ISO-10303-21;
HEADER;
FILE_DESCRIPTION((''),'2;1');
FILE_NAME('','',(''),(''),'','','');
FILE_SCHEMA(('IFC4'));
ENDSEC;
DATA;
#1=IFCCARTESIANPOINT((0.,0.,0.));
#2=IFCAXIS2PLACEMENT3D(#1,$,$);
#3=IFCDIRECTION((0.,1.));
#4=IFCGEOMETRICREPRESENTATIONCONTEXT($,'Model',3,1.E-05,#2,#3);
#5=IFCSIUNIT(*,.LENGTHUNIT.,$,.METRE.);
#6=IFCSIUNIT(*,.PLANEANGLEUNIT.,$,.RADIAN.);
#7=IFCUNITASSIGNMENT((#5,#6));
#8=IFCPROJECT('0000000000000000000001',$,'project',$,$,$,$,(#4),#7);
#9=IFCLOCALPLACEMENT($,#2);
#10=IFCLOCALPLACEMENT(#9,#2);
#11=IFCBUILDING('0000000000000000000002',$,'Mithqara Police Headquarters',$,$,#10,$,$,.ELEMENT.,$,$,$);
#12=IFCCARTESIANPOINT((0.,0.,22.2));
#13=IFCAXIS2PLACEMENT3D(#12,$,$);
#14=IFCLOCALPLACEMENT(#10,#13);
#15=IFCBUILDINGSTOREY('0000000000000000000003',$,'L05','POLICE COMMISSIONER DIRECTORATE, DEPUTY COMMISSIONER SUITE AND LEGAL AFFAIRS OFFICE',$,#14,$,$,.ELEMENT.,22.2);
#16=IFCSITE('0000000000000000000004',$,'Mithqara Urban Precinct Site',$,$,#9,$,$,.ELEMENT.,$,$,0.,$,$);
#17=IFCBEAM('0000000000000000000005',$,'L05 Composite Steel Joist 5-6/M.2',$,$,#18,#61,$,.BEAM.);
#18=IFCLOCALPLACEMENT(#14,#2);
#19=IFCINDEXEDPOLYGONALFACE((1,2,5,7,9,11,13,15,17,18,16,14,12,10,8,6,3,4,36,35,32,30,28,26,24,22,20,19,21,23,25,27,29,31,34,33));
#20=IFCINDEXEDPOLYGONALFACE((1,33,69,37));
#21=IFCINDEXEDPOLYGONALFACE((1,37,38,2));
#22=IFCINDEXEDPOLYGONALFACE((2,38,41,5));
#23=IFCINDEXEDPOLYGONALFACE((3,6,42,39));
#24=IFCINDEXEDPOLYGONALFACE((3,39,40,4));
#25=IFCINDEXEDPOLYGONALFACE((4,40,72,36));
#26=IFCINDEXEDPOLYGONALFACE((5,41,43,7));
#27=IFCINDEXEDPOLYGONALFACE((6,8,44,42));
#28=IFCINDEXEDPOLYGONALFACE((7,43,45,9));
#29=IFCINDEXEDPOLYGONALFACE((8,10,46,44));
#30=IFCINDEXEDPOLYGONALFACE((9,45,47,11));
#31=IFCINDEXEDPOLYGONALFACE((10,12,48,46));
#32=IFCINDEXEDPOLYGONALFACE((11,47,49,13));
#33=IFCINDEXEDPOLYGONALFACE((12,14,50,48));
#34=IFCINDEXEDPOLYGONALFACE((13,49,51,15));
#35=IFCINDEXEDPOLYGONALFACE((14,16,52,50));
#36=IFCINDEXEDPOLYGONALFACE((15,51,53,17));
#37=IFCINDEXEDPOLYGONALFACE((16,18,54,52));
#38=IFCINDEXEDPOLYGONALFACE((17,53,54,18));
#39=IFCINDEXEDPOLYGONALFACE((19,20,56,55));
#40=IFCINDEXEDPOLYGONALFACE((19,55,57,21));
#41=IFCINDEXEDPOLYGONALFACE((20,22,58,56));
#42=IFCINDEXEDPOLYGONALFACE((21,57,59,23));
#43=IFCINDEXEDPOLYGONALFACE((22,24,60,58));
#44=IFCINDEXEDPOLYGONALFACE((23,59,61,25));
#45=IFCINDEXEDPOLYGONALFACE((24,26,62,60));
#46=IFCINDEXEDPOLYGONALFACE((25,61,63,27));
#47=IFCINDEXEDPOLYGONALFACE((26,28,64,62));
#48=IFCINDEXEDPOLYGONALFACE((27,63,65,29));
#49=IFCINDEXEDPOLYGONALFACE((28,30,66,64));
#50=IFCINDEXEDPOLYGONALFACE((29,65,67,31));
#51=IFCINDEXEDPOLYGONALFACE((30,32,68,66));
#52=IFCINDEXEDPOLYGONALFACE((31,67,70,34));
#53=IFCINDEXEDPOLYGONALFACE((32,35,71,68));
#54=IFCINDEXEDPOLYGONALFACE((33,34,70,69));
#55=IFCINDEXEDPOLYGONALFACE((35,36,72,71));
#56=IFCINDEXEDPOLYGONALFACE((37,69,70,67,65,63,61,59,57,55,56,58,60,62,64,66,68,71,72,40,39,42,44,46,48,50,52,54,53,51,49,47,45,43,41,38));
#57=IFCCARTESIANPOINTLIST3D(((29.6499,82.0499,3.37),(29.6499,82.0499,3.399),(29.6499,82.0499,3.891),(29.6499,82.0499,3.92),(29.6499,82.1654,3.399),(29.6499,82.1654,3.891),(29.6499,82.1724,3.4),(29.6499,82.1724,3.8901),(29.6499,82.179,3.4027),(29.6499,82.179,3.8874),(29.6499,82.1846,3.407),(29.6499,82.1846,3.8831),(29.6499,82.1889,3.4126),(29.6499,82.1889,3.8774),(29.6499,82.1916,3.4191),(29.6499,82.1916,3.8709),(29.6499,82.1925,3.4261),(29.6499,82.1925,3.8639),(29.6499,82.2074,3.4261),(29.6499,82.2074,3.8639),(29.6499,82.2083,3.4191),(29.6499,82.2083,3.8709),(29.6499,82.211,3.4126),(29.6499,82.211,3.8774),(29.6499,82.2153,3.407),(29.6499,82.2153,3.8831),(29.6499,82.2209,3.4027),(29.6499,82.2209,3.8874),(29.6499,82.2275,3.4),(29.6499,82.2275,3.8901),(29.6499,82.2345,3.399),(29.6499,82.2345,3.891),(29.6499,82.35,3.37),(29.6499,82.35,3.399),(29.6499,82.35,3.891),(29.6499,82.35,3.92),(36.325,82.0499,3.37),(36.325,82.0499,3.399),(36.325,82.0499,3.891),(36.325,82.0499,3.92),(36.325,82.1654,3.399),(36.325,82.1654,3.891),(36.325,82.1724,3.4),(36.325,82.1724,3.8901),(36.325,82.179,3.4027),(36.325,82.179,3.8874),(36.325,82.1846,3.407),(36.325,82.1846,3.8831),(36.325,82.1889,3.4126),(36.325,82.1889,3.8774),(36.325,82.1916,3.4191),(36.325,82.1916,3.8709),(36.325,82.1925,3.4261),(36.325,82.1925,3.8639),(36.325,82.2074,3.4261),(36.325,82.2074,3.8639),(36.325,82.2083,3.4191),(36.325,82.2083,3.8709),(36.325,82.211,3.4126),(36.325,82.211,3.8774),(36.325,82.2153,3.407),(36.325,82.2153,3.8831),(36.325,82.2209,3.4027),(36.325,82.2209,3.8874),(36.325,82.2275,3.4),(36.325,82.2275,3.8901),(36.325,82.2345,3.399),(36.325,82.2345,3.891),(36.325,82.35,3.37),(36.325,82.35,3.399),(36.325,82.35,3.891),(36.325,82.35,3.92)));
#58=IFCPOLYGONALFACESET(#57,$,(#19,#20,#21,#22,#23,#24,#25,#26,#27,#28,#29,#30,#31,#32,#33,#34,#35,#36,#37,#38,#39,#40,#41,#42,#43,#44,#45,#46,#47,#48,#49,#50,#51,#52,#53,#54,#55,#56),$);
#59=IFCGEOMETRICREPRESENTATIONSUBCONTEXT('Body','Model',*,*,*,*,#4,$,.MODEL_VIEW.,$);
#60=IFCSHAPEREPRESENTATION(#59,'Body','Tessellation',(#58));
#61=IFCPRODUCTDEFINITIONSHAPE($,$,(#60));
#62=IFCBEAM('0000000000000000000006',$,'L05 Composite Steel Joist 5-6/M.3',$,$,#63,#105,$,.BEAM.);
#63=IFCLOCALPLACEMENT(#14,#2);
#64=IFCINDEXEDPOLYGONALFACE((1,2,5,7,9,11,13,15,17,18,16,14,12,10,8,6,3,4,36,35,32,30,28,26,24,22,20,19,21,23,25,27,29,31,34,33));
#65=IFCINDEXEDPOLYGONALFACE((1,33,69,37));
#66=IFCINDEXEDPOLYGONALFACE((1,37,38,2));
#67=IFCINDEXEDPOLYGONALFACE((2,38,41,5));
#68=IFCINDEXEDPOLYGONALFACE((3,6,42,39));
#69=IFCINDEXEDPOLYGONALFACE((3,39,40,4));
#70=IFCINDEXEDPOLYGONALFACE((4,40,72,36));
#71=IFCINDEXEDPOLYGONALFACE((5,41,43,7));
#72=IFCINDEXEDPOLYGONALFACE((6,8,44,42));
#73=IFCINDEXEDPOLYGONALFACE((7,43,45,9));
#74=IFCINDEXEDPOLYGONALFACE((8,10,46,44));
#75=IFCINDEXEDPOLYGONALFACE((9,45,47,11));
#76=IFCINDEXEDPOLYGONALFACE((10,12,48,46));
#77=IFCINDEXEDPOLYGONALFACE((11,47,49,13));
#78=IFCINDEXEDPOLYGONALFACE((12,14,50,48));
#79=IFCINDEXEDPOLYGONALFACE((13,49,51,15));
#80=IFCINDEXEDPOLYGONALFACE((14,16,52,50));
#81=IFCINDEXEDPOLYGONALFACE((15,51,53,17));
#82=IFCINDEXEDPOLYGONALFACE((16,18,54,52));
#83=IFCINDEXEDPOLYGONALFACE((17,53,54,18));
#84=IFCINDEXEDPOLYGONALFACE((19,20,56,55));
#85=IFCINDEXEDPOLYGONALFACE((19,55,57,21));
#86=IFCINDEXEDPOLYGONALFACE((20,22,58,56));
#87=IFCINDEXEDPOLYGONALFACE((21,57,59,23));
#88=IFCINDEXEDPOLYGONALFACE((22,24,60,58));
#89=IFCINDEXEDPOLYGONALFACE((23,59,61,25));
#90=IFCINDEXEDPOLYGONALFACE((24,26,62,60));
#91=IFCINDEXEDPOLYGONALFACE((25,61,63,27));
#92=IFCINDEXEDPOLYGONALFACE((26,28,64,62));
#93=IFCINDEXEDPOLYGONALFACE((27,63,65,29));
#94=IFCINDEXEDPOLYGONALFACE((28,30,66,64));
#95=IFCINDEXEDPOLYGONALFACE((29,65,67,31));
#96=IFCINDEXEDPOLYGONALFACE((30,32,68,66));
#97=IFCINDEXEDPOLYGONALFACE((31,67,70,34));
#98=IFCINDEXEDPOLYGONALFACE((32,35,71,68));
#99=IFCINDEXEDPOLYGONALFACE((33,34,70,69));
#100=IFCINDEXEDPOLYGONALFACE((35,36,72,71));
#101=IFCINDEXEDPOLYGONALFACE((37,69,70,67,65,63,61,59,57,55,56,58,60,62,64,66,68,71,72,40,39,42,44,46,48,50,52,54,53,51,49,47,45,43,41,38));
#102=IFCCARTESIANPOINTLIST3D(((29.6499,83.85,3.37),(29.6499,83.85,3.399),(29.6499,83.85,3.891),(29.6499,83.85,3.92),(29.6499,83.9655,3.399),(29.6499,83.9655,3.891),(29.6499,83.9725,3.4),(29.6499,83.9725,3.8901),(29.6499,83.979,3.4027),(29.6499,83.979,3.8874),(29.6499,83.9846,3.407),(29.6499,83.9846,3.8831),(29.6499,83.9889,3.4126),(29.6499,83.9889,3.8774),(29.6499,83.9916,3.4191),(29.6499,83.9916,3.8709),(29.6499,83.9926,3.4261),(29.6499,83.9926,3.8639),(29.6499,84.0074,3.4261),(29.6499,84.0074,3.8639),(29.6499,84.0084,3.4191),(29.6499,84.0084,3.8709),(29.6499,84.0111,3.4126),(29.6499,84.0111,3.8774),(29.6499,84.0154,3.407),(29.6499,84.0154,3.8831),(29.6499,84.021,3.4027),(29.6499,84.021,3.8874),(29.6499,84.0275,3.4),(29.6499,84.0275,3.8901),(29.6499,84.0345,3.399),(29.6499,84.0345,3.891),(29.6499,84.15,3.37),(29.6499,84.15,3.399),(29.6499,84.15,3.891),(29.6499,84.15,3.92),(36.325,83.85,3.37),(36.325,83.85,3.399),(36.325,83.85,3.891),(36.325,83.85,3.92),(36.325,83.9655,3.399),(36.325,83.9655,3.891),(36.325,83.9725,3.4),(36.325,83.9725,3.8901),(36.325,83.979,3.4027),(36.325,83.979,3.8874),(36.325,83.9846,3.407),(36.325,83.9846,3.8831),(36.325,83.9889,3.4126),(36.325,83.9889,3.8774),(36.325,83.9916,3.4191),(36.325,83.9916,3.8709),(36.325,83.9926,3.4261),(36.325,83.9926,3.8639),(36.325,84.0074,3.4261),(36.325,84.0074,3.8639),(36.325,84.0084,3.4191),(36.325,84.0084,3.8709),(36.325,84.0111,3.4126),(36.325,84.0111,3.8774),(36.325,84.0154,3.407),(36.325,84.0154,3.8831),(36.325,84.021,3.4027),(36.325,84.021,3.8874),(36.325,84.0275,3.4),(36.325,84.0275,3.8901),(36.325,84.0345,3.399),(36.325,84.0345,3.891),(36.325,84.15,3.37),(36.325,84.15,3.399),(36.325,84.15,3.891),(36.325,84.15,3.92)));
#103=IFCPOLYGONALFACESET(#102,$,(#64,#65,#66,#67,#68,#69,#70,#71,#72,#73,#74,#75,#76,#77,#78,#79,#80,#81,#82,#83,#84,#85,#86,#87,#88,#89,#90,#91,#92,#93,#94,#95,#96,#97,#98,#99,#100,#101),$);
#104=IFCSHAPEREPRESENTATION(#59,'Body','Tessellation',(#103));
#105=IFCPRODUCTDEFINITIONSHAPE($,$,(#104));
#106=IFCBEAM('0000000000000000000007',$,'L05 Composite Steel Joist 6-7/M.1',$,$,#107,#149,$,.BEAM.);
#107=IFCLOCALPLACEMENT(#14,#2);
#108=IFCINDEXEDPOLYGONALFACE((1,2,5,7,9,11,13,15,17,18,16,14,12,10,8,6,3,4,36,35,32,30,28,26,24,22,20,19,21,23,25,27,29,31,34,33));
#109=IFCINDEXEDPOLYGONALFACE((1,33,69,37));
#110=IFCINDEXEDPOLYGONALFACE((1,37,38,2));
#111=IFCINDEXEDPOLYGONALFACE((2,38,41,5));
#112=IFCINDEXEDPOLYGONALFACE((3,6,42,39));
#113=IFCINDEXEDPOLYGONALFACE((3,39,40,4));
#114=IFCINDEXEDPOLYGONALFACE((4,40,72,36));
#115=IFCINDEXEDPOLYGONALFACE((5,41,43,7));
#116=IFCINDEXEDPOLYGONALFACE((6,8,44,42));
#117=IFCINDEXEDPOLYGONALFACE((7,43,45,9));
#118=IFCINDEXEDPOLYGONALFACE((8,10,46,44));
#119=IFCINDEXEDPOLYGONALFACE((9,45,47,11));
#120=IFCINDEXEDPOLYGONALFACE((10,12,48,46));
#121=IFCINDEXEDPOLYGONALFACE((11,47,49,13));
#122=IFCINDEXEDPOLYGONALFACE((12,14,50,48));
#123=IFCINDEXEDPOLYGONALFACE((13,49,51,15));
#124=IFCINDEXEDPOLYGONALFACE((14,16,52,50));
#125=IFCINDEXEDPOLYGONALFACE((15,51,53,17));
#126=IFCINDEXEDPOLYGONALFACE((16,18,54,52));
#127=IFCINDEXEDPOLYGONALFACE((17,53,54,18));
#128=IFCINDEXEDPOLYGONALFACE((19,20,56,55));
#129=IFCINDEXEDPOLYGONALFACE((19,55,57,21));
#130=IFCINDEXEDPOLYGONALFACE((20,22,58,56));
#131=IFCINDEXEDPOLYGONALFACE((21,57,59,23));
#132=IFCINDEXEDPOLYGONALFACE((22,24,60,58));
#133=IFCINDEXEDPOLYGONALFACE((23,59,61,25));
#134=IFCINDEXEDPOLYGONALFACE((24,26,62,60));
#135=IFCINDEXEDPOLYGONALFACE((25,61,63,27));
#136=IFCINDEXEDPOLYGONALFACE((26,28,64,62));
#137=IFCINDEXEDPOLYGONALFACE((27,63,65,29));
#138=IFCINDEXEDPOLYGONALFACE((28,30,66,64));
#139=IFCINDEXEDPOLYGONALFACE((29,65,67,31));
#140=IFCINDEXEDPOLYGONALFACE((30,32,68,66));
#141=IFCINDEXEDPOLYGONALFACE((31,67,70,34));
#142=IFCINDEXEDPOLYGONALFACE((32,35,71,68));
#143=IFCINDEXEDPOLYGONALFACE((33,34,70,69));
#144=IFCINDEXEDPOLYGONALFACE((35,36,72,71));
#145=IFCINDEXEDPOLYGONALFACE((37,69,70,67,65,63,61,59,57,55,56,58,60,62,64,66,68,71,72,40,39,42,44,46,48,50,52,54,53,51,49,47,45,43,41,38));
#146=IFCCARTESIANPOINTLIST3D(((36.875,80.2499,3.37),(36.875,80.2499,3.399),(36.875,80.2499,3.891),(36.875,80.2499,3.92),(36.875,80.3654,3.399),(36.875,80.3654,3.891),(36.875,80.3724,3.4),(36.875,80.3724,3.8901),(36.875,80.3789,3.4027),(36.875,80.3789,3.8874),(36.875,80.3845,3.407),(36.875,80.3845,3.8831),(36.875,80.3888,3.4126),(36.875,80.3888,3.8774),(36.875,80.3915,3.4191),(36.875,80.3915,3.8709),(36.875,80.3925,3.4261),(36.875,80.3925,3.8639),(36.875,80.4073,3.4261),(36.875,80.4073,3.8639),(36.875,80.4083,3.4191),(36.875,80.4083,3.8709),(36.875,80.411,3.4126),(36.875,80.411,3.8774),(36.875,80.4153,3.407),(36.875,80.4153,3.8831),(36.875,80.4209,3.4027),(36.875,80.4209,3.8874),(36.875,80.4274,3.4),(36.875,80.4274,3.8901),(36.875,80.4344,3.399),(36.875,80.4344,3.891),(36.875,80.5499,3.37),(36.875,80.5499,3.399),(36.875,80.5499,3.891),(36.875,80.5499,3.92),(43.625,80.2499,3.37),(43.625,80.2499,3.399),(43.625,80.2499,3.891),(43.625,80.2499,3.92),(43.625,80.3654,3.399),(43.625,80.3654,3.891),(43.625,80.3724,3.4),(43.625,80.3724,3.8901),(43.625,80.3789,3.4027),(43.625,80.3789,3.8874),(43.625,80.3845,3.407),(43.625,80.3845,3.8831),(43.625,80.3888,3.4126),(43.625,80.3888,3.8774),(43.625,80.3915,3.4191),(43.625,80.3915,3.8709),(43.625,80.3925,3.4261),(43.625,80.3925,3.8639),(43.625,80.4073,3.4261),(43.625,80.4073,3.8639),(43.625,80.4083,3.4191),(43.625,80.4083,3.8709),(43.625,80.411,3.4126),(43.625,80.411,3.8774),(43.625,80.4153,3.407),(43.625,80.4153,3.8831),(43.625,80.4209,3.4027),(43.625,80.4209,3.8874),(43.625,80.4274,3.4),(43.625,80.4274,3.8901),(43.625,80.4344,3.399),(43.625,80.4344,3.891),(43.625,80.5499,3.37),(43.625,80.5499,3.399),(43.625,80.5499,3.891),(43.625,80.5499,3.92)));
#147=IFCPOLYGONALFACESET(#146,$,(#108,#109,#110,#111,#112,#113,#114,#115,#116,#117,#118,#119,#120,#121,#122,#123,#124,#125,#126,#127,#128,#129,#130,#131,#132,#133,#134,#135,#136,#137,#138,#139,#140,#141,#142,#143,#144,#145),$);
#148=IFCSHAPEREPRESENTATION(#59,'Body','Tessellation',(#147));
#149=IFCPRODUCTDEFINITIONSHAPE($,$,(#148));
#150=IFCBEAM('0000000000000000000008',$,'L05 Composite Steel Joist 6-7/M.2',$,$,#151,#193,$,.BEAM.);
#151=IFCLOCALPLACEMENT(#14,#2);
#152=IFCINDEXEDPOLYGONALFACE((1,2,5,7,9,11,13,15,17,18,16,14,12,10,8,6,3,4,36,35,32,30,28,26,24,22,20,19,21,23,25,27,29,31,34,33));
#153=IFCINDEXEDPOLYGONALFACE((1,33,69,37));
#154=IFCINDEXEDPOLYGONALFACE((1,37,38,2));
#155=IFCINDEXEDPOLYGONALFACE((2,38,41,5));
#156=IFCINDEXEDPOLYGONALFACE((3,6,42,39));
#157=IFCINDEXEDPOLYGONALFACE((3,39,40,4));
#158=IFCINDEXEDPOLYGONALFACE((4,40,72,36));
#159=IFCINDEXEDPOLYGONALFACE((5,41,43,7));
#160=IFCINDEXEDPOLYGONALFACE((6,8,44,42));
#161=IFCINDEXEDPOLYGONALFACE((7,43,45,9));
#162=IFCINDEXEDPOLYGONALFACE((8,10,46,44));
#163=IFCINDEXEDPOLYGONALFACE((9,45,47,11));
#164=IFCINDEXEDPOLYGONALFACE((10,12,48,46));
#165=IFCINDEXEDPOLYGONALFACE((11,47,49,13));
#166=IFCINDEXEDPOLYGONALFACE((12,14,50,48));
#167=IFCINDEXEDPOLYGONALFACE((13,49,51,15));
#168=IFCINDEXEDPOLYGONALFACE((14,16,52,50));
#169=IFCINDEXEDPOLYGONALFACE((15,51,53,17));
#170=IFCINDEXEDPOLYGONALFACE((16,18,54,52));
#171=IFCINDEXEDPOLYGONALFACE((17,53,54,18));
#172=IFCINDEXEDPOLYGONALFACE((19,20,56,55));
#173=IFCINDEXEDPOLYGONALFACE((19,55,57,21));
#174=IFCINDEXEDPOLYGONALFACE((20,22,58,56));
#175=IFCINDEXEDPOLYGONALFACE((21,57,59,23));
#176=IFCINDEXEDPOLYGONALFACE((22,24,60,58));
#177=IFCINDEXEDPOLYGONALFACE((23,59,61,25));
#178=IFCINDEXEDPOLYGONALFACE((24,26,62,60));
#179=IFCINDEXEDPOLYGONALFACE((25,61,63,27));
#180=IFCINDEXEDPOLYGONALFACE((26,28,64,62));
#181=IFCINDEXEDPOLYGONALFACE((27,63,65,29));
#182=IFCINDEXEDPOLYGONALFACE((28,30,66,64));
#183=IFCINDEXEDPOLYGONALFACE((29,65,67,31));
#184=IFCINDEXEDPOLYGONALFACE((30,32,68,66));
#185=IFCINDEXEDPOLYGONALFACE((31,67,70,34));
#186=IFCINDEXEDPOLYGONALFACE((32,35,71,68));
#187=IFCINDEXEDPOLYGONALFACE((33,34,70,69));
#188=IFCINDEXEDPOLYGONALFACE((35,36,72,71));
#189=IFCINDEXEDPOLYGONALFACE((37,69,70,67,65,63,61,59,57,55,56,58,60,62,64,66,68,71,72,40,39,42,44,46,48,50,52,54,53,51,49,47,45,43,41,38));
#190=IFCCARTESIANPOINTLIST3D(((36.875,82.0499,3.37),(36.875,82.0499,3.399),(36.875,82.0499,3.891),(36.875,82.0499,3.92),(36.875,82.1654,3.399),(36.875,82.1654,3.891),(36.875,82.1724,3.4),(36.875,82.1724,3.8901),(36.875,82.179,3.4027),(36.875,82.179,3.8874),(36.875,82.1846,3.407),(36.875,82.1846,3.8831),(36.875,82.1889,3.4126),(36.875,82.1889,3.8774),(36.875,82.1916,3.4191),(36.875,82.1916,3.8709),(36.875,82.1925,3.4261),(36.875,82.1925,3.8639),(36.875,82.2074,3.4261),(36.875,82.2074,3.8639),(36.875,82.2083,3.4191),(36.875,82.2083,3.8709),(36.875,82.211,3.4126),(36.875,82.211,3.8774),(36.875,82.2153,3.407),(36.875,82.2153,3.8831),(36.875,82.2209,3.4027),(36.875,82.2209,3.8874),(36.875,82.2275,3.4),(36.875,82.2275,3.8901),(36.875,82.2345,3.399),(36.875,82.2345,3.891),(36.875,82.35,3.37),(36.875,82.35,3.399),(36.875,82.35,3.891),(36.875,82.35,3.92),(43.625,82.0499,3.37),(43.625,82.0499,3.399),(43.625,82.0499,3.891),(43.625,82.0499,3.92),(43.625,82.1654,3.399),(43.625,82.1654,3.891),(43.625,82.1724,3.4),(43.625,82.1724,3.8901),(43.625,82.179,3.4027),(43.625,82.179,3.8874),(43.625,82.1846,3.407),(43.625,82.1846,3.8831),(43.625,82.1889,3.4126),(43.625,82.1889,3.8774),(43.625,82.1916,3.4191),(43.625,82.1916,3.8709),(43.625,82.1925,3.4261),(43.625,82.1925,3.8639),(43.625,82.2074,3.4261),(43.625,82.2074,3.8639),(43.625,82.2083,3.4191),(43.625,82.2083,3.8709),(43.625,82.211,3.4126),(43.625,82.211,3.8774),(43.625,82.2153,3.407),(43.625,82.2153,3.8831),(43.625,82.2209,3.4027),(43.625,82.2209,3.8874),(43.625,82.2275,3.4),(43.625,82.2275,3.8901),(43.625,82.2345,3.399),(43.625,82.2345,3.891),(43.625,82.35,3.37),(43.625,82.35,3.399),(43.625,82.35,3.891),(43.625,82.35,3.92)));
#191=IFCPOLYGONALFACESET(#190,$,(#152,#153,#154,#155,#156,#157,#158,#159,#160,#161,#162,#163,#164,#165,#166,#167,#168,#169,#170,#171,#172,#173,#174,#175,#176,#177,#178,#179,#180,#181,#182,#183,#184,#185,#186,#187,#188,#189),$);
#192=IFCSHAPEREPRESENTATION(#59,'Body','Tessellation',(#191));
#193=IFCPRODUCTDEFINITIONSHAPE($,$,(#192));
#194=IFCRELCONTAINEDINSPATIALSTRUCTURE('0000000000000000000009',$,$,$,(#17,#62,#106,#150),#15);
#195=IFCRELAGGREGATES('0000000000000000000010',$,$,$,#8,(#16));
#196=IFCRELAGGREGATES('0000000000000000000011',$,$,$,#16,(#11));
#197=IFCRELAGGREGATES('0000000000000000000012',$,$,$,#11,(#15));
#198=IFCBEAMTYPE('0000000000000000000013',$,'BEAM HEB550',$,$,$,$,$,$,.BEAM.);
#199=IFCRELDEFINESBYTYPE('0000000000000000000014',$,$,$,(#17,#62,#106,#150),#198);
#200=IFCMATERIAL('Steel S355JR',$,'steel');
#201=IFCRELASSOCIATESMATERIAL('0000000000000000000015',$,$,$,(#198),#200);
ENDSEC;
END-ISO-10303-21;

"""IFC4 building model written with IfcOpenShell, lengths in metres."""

from ifc_helpers import new_model, si_unit, direction, frame, origin, origin_2d, place, context, subcontext, project, spatial, i_section, extrude, material, material_profile, profile_set, type_object, element, save


model = new_model("IFC4")

# Units and contexts
model_context = context("Model", 3, precision=1e-05, world=origin(), true_north=direction((0.0, 1.0)))
body_context = subcontext(model_context, "Body", "Model", "MODEL_VIEW")
ifc_project = project(units=[si_unit("LENGTHUNIT", "METRE"), si_unit("PLANEANGLEUNIT", "RADIAN")], contexts=[model_context])

# Site, building, storey
site_placement = place(None, origin())
site = spatial("IfcSite", under=ifc_project, at=site_placement, Name="Mithqara Urban Precinct Site", CompositionType="ELEMENT", RefElevation=0.0)
building_placement = place(site_placement, origin())
building = spatial("IfcBuilding", under=site, at=building_placement, Name="Mithqara Police Headquarters", CompositionType="ELEMENT")
storey_placement = place(building_placement, frame((0.0, 0.0, 22.2)))
storey = spatial("IfcBuildingStorey", under=building, at=storey_placement, Name="L05", Description="POLICE COMMISSIONER DIRECTORATE, DEPUTY COMMISSIONER SUITE AND LEGAL AFFAIRS OFFICE", CompositionType="ELEMENT", Elevation=22.2)

# Beams
ifc_material_1 = material(Name="Steel S355JR", Category="steel")
ifc_material_profile_1 = material_profile(ifc_material_1, i_section(OverallWidth=0.3, OverallDepth=0.55, WebThickness=0.0149, FlangeThickness=0.0291, FilletRadius=0.0271, at=origin_2d()), Name="HEB 550")
ifc_profile_set_1 = profile_set([ifc_material_profile_1], Name="Steel S355JR")
beam_type_1 = type_object("IfcBeamType", Name="BEAM HEB550", PredefinedType="BEAM", material=ifc_profile_set_1)
for number, where, z_axis, x_axis, name in (
    (1, (29.6499, 82.2, 3.645), (1.0, 0.0, 0.0), (0.0, 1.0, 0.0), "L05 Composite Steel Joist 5-6/M.2"),
    (2, (29.6499, 84.0, 3.645), (1.0, 0.0, 0.0), (0.0, 1.0, 0.0), "L05 Composite Steel Joist 5-6/M.3"),
):
    element("IfcBeam", number, at=place(storey_placement, frame(where, z_axis=z_axis, x_axis=x_axis)), inside=storey, type_object=beam_type_1, Name=name, PredefinedType="BEAM", context=body_context, shape_type="SweptSolid", body=[
        extrude(i_section(OverallWidth=0.3, OverallDepth=0.55, WebThickness=0.0149, FlangeThickness=0.0291, FilletRadius=0.0271, at=origin_2d()), origin(), (0.0, 0.0, 1.0), 6.675),
    ])
for number, where, z_axis, x_axis, name in (
    (3, (36.875, 80.3999, 3.645), (1.0, 0.0, 0.0), (0.0, 1.0, 0.0), "L05 Composite Steel Joist 6-7/M.1"),
    (4, (36.875, 82.2, 3.645), (1.0, 0.0, 0.0), (0.0, 1.0, 0.0), "L05 Composite Steel Joist 6-7/M.2"),
):
    element("IfcBeam", number, at=place(storey_placement, frame(where, z_axis=z_axis, x_axis=x_axis)), inside=storey, type_object=beam_type_1, Name=name, PredefinedType="BEAM", context=body_context, shape_type="SweptSolid", body=[
        extrude(i_section(OverallWidth=0.3, OverallDepth=0.55, WebThickness=0.0149, FlangeThickness=0.0291, FilletRadius=0.0271, at=origin_2d()), origin(), (0.0, 0.0, 1.0), 6.75),
    ])

save(model, "model.ifc")
